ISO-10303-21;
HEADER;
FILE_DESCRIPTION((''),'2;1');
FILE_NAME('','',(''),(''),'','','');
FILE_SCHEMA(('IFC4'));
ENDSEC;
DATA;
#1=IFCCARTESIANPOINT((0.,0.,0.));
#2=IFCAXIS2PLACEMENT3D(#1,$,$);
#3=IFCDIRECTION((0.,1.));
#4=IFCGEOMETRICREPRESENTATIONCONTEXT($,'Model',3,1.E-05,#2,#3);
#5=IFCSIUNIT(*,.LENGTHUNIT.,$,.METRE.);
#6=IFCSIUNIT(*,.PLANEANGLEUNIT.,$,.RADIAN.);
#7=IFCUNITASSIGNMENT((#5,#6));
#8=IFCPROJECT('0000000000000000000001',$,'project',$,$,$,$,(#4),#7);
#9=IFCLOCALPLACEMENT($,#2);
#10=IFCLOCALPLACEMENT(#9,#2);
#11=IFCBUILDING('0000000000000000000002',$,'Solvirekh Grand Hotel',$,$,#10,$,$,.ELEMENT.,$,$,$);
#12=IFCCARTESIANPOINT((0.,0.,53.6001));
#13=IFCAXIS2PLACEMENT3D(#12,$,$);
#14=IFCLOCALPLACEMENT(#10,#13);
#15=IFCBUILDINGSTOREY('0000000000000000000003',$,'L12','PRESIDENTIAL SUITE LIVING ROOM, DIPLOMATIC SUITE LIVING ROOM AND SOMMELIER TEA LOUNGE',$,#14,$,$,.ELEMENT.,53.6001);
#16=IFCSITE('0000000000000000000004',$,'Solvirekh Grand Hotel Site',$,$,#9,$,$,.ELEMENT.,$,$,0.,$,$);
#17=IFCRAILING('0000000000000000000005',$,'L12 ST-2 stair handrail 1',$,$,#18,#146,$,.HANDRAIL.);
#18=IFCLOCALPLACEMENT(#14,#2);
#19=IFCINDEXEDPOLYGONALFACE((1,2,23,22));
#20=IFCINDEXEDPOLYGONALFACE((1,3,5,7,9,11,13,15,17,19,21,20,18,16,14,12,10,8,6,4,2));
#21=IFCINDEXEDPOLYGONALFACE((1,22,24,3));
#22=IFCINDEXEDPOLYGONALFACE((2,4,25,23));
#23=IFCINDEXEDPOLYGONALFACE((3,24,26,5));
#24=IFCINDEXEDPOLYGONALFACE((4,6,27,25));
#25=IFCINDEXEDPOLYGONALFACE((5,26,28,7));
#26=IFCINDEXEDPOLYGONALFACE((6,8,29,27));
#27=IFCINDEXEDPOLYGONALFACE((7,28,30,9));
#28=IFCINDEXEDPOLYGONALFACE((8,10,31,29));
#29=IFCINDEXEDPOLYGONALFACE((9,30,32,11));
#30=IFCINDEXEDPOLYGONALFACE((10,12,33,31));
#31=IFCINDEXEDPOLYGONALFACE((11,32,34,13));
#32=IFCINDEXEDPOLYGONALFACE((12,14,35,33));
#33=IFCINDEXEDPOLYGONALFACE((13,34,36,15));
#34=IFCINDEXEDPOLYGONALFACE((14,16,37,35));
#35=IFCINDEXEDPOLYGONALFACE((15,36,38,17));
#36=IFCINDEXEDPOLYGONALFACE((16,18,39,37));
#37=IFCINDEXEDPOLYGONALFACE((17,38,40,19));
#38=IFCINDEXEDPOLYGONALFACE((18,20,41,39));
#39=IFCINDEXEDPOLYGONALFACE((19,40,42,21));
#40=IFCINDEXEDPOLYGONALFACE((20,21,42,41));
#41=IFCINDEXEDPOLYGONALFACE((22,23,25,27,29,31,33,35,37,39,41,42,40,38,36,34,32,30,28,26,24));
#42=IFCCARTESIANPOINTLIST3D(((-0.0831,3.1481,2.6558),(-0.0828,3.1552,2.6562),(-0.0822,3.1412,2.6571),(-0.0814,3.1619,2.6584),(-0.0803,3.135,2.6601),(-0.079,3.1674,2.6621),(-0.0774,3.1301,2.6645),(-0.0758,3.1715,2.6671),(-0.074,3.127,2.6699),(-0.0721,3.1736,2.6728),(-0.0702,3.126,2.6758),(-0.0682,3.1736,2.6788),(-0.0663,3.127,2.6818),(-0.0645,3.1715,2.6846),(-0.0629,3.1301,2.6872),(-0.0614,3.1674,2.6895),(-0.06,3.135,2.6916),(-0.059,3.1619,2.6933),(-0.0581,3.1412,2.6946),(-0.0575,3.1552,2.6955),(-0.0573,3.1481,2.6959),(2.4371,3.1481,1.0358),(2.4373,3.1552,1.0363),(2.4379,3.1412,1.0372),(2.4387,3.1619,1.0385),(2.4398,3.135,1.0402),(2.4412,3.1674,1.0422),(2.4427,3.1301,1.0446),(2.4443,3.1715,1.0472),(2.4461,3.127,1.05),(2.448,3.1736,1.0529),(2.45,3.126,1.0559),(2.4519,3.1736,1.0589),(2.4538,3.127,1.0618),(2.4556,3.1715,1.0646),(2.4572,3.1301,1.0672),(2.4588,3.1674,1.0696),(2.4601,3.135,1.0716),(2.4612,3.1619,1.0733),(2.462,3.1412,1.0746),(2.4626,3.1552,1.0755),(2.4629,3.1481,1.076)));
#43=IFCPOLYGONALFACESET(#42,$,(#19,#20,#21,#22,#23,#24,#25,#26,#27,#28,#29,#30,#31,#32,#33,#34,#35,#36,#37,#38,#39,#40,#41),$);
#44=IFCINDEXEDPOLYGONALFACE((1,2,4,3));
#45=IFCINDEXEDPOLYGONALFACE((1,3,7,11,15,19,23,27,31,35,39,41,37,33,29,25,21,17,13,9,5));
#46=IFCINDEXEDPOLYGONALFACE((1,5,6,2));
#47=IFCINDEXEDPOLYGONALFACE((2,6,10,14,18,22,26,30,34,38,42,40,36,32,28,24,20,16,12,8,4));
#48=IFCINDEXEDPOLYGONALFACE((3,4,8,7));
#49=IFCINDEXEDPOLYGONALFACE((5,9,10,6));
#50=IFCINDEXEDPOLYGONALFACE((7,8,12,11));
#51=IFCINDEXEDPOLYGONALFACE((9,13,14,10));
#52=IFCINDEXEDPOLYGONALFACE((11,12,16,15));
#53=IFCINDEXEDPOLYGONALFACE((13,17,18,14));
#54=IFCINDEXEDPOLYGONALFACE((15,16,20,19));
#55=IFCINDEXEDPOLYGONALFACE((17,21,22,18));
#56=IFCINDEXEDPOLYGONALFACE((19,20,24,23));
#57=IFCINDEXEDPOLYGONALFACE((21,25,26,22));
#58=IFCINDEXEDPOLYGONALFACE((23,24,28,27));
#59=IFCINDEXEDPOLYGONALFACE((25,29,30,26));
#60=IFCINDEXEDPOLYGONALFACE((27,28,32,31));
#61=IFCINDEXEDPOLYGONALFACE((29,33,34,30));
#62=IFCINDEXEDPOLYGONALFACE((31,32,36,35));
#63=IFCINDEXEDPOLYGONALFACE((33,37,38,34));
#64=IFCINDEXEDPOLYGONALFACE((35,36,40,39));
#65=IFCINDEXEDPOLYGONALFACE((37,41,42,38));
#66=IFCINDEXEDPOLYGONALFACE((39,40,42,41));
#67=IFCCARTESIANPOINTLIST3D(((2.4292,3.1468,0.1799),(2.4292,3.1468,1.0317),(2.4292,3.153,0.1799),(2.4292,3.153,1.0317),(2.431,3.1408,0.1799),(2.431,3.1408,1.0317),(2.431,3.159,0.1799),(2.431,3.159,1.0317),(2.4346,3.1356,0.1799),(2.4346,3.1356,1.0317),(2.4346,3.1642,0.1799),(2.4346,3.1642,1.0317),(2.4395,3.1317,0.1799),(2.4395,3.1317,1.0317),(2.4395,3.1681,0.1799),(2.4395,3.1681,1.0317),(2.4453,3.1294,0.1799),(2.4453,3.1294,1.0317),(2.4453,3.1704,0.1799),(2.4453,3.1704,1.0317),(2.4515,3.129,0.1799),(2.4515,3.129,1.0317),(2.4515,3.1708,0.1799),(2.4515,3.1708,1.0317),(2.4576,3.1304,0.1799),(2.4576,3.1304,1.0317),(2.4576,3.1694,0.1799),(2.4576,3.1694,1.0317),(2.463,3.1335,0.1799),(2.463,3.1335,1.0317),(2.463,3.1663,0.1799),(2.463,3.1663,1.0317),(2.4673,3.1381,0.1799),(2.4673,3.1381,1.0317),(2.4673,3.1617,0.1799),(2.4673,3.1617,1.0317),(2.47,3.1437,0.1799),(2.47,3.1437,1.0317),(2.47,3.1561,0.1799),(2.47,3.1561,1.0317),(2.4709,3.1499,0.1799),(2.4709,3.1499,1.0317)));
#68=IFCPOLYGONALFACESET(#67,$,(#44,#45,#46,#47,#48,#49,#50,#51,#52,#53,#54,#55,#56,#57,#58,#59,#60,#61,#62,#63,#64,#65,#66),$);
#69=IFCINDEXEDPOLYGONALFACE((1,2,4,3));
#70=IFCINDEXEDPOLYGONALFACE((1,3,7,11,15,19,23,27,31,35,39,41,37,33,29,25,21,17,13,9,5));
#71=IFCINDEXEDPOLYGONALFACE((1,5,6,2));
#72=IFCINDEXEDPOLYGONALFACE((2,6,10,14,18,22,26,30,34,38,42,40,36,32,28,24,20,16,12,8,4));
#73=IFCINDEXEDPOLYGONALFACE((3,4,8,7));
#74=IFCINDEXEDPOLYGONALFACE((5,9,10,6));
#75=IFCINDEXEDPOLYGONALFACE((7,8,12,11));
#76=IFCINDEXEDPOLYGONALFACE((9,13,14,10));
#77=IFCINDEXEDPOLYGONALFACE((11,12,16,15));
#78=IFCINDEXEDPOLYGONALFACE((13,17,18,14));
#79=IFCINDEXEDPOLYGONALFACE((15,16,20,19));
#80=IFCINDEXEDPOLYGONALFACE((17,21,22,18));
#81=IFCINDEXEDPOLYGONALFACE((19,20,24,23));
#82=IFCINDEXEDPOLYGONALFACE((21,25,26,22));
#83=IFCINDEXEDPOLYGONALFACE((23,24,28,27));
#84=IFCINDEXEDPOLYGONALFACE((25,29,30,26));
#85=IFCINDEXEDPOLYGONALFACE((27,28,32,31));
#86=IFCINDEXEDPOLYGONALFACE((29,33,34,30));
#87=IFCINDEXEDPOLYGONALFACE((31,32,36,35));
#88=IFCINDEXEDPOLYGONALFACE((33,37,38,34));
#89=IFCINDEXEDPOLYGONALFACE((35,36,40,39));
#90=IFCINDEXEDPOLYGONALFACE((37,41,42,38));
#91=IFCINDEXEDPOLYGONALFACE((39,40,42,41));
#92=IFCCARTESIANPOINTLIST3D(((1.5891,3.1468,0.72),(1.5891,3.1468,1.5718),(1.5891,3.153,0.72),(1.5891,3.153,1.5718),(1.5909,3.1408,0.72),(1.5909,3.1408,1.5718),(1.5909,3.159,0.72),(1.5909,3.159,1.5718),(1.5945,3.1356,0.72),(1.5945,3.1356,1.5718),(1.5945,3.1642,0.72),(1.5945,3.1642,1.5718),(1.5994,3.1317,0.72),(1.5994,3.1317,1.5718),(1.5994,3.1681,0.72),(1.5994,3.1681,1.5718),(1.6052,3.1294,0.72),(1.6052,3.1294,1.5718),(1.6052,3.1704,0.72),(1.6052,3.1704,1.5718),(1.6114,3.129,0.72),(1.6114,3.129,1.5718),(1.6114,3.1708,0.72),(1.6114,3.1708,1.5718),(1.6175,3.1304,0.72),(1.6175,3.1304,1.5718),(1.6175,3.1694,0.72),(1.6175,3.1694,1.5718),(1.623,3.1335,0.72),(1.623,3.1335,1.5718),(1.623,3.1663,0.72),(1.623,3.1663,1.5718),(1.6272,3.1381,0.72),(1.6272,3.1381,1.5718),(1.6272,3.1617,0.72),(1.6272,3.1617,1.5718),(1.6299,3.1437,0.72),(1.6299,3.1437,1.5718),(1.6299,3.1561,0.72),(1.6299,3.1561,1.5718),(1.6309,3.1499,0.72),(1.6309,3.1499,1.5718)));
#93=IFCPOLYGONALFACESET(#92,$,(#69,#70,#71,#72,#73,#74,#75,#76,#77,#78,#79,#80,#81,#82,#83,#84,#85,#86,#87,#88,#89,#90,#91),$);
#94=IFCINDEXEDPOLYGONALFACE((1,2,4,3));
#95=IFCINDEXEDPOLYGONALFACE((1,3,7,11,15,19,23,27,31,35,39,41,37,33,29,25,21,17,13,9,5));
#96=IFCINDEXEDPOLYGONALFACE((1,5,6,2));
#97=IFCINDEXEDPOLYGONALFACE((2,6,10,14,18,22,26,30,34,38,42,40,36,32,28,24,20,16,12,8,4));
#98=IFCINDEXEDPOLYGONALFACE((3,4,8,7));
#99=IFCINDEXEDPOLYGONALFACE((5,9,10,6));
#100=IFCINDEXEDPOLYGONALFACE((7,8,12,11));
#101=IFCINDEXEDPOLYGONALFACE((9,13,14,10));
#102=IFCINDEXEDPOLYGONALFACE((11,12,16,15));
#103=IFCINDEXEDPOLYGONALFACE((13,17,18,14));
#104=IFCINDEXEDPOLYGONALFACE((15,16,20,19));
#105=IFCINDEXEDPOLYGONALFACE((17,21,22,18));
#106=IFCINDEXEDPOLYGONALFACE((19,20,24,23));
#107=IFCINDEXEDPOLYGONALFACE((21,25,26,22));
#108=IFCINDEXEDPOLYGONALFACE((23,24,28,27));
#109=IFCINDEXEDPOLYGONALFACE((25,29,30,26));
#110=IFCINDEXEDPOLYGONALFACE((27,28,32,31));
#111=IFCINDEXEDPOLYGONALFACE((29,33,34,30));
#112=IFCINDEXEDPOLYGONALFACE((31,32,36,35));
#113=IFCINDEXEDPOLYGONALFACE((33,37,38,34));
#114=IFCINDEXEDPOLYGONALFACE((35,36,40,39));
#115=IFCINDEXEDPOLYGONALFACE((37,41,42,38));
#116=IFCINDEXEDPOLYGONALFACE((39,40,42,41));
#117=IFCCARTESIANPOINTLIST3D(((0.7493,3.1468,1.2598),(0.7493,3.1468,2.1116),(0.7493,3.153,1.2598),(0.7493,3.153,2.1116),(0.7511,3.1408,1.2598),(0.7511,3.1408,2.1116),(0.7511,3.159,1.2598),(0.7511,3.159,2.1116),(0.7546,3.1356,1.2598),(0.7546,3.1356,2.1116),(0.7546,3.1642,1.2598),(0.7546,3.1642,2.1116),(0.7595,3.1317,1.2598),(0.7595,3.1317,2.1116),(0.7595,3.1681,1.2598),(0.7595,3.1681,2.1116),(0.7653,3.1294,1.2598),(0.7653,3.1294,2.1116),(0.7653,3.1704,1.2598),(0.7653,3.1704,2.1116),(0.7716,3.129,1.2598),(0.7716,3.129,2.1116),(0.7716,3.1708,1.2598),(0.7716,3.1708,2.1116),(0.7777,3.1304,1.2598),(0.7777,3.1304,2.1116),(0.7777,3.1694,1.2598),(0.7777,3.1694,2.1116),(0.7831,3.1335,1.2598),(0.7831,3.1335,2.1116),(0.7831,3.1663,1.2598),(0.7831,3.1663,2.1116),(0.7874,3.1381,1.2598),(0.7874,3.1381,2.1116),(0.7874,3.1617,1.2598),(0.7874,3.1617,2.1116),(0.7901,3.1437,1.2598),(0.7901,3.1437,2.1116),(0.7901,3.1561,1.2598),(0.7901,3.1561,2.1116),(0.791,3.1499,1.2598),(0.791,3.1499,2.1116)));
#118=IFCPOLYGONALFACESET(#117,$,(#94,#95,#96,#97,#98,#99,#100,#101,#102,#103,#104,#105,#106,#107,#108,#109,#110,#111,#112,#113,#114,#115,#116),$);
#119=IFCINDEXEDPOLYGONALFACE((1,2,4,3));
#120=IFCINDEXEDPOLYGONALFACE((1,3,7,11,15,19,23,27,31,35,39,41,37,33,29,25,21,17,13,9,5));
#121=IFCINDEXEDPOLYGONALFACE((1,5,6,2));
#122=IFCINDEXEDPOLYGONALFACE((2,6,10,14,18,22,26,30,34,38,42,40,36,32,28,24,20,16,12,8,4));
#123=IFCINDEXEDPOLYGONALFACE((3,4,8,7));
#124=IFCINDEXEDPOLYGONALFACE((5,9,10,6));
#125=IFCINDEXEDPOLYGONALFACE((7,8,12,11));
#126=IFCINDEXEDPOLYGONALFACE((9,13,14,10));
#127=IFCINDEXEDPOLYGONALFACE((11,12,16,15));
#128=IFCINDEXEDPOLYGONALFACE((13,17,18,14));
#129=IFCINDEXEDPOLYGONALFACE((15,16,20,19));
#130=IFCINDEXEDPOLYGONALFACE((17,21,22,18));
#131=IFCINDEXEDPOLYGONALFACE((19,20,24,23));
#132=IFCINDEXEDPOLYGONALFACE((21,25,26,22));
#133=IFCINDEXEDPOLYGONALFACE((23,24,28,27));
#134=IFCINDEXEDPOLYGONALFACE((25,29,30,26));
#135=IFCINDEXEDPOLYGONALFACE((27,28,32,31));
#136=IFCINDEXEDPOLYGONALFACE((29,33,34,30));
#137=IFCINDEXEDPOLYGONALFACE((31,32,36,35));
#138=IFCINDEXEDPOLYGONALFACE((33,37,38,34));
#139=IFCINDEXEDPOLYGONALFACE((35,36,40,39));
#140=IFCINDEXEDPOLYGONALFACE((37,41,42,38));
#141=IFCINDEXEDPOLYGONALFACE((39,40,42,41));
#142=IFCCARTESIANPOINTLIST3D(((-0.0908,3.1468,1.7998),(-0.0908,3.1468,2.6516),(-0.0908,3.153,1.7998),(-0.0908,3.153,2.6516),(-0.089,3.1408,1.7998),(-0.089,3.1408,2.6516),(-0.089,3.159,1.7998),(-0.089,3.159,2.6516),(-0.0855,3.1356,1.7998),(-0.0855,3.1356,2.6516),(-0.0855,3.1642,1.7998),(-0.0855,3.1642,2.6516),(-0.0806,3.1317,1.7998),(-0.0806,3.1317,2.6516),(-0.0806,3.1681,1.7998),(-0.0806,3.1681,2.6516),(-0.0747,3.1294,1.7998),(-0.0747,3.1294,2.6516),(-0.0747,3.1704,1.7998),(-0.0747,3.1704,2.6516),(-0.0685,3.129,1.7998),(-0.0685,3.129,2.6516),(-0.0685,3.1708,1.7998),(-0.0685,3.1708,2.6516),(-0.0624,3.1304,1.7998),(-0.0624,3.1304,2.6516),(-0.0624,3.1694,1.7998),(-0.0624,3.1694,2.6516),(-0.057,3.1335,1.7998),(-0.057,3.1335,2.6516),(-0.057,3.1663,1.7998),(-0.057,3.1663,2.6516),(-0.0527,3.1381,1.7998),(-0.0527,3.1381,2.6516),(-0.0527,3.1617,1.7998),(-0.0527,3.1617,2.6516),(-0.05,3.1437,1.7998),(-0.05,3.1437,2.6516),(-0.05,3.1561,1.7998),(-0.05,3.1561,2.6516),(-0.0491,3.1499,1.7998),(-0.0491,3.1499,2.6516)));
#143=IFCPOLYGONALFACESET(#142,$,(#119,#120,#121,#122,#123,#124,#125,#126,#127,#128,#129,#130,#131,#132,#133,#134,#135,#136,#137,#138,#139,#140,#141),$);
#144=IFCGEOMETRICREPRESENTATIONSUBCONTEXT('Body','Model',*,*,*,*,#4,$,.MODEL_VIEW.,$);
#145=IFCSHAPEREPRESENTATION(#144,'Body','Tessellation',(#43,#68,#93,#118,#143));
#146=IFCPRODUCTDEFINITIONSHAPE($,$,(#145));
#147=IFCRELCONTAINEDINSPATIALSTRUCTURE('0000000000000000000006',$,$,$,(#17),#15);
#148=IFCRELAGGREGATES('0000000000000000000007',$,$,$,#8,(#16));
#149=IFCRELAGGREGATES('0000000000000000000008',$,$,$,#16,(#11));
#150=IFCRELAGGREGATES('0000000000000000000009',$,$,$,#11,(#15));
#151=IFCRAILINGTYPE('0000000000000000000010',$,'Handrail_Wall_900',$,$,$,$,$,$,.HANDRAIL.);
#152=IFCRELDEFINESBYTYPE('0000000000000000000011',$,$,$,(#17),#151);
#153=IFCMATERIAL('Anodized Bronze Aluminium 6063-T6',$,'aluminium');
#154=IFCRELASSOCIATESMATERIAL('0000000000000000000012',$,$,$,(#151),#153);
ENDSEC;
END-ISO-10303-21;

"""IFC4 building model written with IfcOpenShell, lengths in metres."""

from ifc_helpers import new_model, si_unit, direction, frame, origin, origin_2d, place, context, subcontext, project, spatial, circle, extrude, material, type_object, element, save


model = new_model("IFC4")

# Units and contexts
model_context = context("Model", 3, precision=1e-05, world=origin(), true_north=direction((0.0, 1.0)))
body_context = subcontext(model_context, "Body", "Model", "MODEL_VIEW")
ifc_project = project(units=[si_unit("LENGTHUNIT", "METRE"), si_unit("PLANEANGLEUNIT", "RADIAN")], contexts=[model_context])

# Site, building, storey
site_placement = place(None, origin())
site = spatial("IfcSite", under=ifc_project, at=site_placement, Name="Solvirekh Grand Hotel Site", CompositionType="ELEMENT", RefElevation=0.0)
building_placement = place(site_placement, origin())
building = spatial("IfcBuilding", under=site, at=building_placement, Name="Solvirekh Grand Hotel", CompositionType="ELEMENT")
storey_placement = place(building_placement, frame((0.0, 0.0, 53.6001)))
storey = spatial("IfcBuildingStorey", under=building, at=storey_placement, Name="L12", Description="PRESIDENTIAL SUITE LIVING ROOM, DIPLOMATIC SUITE LIVING ROOM AND SOMMELIER TEA LOUNGE", CompositionType="ELEMENT", Elevation=53.6001)

# Shared definitions
ifc_material_1 = material(Name="Anodized Bronze Aluminium 6063-T6", Category="aluminium")

# Railing
railing_type_1 = type_object("IfcRailingType", Name="Handrail_Wall_900", PredefinedType="HANDRAIL", material=ifc_material_1)
railing_1_placement = place(storey_placement, frame((2.45, 3.1499, 0.1799)))
element("IfcRailing", 1, at=railing_1_placement, inside=storey, type_object=railing_type_1, Name="L12 ST-2 stair handrail 1", PredefinedType="HANDRAIL", context=body_context, shape_type="SweptSolid", body=[
    extrude(circle(Radius=0.0239, at=origin_2d()), frame((0.0, 0.0, 0.876), z_axis=(-0.8412, 0.0, 0.540725), x_axis=(0.0, -1.0, 0.0)), (0.0, 0.0, 1.0), 2.9958),
    extrude(circle(Radius=0.021, at=origin_2d()), origin(), (0.0, 0.0, 1.0), 0.8518),
    extrude(circle(Radius=0.021, at=origin_2d()), frame((-0.8401, 0.0, 0.54)), (0.0, 0.0, 1.0), 0.8518),
    extrude(circle(Radius=0.021, at=origin_2d()), frame((-1.6799, 0.0, 1.0798)), (0.0, 0.0, 1.0), 0.8518),
    extrude(circle(Radius=0.021, at=origin_2d()), frame((-2.52, 0.0, 1.6199)), (0.0, 0.0, 1.0), 0.8518),
])

save(model, "model.ifc")
